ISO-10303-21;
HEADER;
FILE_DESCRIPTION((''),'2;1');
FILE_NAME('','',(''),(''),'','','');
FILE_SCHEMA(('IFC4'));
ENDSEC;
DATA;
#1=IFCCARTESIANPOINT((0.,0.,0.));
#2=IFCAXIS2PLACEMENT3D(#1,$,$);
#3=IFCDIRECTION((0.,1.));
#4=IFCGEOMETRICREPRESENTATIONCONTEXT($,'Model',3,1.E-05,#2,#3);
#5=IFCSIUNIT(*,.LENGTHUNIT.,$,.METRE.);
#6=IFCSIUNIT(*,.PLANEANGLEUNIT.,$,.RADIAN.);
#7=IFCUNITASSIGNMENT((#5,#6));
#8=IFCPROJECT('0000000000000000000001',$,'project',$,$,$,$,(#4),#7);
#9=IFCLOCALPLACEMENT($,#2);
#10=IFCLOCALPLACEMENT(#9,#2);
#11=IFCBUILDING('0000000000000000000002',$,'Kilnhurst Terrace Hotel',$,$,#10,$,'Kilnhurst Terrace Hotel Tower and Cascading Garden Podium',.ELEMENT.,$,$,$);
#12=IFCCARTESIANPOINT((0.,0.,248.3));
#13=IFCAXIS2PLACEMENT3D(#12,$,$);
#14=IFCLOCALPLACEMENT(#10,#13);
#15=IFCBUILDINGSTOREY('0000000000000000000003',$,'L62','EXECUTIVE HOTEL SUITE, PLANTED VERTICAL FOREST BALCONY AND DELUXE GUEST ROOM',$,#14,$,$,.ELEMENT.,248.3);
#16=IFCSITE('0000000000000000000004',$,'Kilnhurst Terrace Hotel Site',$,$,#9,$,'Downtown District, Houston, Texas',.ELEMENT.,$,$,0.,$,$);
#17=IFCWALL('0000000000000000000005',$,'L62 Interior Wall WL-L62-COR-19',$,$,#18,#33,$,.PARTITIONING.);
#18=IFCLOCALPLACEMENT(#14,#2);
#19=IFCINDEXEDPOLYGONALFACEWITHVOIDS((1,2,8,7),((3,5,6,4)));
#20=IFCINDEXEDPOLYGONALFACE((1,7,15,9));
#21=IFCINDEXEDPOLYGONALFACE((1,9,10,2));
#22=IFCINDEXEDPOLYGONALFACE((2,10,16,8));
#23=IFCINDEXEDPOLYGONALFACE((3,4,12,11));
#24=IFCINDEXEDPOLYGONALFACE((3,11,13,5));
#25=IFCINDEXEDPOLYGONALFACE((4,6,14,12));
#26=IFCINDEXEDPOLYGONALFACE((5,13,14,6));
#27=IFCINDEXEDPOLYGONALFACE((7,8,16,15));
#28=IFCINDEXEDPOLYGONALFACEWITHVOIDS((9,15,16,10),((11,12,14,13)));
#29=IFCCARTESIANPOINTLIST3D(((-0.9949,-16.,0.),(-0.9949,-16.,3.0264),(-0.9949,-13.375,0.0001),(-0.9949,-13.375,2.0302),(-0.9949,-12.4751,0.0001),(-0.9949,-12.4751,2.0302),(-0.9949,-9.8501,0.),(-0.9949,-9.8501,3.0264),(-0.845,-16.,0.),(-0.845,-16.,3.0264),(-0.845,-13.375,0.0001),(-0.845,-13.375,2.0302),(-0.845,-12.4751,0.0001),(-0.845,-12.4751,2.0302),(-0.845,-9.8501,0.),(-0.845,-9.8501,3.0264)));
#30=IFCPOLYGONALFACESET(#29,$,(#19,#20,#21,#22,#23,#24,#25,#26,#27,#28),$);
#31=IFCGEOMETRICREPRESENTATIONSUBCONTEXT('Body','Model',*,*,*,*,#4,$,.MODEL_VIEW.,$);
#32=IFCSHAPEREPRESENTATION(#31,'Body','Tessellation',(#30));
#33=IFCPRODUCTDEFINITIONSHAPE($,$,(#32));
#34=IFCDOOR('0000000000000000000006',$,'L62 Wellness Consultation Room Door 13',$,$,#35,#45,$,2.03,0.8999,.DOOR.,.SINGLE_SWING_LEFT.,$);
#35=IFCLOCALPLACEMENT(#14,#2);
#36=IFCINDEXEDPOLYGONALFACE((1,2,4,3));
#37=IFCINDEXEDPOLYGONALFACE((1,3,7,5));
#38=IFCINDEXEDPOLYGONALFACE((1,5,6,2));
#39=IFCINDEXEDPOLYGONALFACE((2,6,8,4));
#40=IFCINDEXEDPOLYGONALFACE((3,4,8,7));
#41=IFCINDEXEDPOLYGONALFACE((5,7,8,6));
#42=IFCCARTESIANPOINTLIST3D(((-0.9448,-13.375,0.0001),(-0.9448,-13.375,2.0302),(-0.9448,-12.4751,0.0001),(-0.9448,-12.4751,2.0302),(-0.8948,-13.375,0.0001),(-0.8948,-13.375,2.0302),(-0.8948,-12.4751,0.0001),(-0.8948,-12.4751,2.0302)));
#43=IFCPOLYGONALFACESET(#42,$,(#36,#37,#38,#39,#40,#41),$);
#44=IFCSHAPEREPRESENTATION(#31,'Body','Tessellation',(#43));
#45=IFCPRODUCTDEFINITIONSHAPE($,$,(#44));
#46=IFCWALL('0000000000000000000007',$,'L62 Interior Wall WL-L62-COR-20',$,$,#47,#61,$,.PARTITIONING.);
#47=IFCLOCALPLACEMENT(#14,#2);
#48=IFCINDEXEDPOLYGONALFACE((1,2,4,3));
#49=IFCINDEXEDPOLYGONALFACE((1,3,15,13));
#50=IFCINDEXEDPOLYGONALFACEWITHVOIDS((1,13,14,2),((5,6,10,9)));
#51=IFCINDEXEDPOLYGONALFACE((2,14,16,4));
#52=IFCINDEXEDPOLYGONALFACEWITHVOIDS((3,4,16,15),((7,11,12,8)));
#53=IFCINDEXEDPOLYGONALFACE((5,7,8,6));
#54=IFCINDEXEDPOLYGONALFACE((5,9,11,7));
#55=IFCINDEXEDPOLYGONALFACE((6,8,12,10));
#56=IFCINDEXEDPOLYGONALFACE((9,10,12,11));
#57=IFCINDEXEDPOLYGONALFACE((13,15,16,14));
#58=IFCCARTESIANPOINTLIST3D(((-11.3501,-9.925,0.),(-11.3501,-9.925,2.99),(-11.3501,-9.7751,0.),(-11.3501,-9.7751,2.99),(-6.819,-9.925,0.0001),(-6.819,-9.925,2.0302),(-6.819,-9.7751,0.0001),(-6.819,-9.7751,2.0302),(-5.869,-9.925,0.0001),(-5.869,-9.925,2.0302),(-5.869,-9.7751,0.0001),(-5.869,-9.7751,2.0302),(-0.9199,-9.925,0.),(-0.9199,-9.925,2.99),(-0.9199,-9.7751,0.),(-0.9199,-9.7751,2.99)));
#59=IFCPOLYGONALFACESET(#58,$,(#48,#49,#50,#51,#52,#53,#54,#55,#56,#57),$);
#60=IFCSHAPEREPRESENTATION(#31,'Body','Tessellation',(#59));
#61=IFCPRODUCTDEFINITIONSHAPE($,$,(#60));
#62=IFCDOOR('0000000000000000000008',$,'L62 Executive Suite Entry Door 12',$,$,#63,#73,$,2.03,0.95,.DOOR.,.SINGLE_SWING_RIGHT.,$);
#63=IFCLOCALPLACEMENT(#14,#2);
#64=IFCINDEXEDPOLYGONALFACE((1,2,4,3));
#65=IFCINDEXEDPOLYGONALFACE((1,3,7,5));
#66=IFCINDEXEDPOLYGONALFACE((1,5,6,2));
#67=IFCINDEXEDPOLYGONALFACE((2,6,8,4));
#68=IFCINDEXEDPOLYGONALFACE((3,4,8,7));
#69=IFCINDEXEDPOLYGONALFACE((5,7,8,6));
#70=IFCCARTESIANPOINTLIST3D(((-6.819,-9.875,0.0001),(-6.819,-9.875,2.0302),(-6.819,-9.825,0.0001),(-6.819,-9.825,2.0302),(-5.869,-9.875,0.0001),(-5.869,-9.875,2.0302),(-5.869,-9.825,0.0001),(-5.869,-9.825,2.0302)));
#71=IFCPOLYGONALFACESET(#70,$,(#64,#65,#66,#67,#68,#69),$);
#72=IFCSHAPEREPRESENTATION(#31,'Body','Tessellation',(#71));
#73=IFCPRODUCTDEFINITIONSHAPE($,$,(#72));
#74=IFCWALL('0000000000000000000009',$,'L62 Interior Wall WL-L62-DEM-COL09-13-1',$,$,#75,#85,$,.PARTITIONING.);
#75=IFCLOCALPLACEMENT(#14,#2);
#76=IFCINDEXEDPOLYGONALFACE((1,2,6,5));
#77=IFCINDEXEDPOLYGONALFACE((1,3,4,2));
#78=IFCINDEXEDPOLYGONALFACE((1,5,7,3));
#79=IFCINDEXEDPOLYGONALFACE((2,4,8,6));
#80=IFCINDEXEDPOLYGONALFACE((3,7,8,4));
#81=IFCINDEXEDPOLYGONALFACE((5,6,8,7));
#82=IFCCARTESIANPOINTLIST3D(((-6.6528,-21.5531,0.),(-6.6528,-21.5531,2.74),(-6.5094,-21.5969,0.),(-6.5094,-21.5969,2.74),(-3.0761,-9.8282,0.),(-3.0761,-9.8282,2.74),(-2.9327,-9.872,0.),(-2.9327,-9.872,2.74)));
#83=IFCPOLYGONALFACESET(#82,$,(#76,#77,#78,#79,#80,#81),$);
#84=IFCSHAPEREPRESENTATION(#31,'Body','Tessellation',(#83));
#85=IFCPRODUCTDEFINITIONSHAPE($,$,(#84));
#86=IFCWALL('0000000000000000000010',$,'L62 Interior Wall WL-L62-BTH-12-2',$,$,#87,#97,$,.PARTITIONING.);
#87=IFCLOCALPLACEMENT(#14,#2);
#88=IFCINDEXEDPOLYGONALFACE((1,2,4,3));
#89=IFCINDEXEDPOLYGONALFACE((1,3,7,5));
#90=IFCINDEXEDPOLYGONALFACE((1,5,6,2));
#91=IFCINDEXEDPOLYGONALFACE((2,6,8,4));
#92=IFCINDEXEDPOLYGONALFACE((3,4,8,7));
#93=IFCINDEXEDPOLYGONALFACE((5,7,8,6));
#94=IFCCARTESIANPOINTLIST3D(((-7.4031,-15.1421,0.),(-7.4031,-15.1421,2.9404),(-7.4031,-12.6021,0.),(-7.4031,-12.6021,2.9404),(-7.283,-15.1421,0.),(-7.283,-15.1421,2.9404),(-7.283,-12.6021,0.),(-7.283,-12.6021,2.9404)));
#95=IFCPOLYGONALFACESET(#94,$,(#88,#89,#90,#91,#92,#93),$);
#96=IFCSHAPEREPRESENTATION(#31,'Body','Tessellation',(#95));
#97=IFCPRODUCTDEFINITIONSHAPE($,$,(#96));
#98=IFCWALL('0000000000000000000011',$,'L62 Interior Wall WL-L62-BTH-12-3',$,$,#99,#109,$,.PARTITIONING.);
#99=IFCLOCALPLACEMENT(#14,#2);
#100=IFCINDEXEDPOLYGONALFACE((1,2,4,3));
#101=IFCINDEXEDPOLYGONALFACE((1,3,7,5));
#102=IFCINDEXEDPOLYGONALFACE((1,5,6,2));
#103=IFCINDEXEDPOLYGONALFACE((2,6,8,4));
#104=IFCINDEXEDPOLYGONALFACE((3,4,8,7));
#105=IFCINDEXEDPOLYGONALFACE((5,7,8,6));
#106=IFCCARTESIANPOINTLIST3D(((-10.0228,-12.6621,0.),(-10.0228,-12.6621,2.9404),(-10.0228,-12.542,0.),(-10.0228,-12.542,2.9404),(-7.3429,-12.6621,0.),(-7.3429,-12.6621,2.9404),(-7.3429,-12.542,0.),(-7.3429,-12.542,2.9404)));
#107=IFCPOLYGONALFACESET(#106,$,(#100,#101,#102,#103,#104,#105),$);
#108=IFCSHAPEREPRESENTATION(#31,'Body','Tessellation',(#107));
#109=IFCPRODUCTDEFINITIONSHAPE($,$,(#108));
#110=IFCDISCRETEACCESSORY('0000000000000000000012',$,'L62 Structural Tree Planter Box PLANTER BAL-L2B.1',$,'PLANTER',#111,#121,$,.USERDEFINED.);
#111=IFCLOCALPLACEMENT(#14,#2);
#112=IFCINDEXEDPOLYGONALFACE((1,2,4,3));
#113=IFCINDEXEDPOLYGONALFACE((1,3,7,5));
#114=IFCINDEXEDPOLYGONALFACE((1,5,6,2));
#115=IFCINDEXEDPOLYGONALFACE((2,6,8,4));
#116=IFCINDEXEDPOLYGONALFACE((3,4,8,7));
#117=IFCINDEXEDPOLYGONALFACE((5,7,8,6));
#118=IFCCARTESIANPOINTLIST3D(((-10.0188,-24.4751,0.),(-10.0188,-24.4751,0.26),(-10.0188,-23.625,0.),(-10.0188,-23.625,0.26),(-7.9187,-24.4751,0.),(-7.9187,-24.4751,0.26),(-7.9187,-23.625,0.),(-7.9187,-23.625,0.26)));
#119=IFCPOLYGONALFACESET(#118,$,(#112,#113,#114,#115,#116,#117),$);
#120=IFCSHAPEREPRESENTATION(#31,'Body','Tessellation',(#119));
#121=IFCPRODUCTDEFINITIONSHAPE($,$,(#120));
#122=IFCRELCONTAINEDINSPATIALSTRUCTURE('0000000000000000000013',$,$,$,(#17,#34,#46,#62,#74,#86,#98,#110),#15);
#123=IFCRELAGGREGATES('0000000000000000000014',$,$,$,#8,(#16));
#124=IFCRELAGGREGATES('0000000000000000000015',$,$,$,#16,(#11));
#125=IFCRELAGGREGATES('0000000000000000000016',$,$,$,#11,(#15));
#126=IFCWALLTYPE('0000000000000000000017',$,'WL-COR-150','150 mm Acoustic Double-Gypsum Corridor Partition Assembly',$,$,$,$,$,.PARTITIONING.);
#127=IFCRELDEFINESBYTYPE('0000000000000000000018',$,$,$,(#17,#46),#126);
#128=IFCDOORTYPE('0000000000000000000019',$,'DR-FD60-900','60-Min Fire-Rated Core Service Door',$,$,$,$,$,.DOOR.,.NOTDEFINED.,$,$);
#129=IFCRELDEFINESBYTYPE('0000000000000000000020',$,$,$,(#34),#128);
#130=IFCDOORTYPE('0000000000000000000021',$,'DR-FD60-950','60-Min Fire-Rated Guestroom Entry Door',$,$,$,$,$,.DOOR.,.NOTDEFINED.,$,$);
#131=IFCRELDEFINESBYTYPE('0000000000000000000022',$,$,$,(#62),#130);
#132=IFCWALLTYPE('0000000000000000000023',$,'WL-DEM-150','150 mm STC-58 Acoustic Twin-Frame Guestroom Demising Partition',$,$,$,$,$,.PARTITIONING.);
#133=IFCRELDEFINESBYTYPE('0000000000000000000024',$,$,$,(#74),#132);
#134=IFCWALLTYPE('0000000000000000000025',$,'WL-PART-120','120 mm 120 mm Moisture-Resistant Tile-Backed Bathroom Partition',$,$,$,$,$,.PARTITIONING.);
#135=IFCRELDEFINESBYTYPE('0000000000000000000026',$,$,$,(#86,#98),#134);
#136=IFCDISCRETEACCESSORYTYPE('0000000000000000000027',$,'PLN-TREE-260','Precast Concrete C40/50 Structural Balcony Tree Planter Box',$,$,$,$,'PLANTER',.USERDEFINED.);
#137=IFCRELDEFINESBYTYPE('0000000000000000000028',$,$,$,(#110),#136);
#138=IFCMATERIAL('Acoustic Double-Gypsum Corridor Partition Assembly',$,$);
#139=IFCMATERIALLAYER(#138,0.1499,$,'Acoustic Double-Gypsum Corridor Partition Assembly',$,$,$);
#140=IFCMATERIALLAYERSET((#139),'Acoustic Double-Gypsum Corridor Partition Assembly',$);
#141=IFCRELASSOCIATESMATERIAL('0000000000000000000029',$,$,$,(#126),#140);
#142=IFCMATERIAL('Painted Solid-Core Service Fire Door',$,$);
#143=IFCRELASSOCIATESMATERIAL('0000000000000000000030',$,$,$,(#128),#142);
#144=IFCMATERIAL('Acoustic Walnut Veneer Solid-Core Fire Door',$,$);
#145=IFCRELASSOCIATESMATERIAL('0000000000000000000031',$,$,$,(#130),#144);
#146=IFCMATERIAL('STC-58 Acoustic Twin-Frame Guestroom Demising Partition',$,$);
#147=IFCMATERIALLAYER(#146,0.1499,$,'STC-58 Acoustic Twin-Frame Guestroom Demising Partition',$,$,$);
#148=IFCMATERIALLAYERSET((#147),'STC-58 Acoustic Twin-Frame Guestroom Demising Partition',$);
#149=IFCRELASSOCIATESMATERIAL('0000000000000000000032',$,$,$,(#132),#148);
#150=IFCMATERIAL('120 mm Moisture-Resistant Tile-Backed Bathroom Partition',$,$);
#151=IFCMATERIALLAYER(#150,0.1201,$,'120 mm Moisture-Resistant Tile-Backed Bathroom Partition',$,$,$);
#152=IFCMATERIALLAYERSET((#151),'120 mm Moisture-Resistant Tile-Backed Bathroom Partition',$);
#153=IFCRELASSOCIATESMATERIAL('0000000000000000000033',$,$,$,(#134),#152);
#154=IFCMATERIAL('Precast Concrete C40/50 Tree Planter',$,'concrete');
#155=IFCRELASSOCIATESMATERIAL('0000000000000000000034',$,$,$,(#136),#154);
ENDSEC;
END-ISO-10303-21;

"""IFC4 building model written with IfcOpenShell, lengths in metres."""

from ifc_helpers import new_model, si_unit, direction, frame, frame_2d, origin, origin_2d, place, context, subcontext, project, spatial, rectangle, extrude, material, layer, layer_set, type_object, element, fill, save


model = new_model("IFC4")

# Units and contexts
model_context = context("Model", 3, precision=1e-05, world=origin(), true_north=direction((0.0, 1.0)))
body_context = subcontext(model_context, "Body", "Model", "MODEL_VIEW")
ifc_project = project(units=[si_unit("LENGTHUNIT", "METRE"), si_unit("PLANEANGLEUNIT", "RADIAN")], contexts=[model_context])

# Site, building, storey
site_placement = place(None, origin())
site = spatial("IfcSite", under=ifc_project, at=site_placement, Name="Kilnhurst Terrace Hotel Site", LongName="Downtown District, Houston, Texas", CompositionType="ELEMENT", RefElevation=0.0)
building_placement = place(site_placement, origin())
building = spatial("IfcBuilding", under=site, at=building_placement, Name="Kilnhurst Terrace Hotel", LongName="Kilnhurst Terrace Hotel Tower and Cascading Garden Podium", CompositionType="ELEMENT")
storey_placement = place(building_placement, frame((0.0, 0.0, 248.3)))
storey = spatial("IfcBuildingStorey", under=building, at=storey_placement, Name="L62", Description="EXECUTIVE HOTEL SUITE, PLANTED VERTICAL FOREST BALCONY AND DELUXE GUEST ROOM", CompositionType="ELEMENT", Elevation=248.3)

# Walls, openings, doors
ifc_material_1 = material(Name="Acoustic Double-Gypsum Corridor Partition Assembly")
ifc_layer_1 = layer(ifc_material_1, 0.1499, Name="Acoustic Double-Gypsum Corridor Partition Assembly")
ifc_layer_set_1 = layer_set([ifc_layer_1], Name="Acoustic Double-Gypsum Corridor Partition Assembly")
wall_type_1 = type_object("IfcWallType", Name="WL-COR-150", Description="150 mm Acoustic Double-Gypsum Corridor Partition Assembly", PredefinedType="PARTITIONING", material=ifc_layer_set_1)
wall_1_placement = place(storey_placement, frame((-0.9199, -16.0, 0.0), z_axis=(0.0, 0.0, 1.0), x_axis=(0.0, 1.0, 0.0)))
wall_1 = element("IfcWall", 1, at=wall_1_placement, inside=storey, type_object=wall_type_1, Name="L62 Interior Wall WL-L62-COR-19", PredefinedType="PARTITIONING", context=body_context, shape_type="SweptSolid", body=[
    extrude(rectangle(XDim=6.1499, YDim=0.1499, at=frame_2d((3.075, 0.0))), origin(), (0.0, 0.0, 1.0), 3.0264),
])
opening_1_placement = place(wall_1_placement, frame((2.625, 0.0, 0.0)))
opening_1 = element("IfcOpeningElement", 2, at=opening_1_placement, cuts=wall_1, PredefinedType="OPENING", context=body_context, shape_type="SweptSolid", body=[
    extrude(rectangle(XDim=0.8999, YDim=2.03, at=frame_2d((0.45, 1.0151))), frame((0.0, 0.085, 0.0), z_axis=(0.0, -1.0, 0.0), x_axis=(1.0, 0.0, 0.0)), (0.0, 0.0, 1.0), 0.1699),
])
ifc_material_2 = material(Name="Painted Solid-Core Service Fire Door")
door_type_1 = type_object("IfcDoorType", Name="DR-FD60-900", Description="60-Min Fire-Rated Core Service Door", OperationType="NOTDEFINED", PredefinedType="DOOR", material=ifc_material_2)
door_1_placement = place(opening_1_placement, origin())
door_1 = element("IfcDoor", 3, at=door_1_placement, inside=storey, type_object=door_type_1, Name="L62 Wellness Consultation Room Door 13", OperationType="SINGLE_SWING_LEFT", OverallHeight=2.03, OverallWidth=0.8999, PredefinedType="DOOR", context=body_context, shape_type="SweptSolid", body=[
    extrude(rectangle(XDim=0.8999, YDim=2.03, at=frame_2d((0.45, 1.0151))), frame((0.0, 0.0249, 0.0), z_axis=(0.0, -1.0, 0.0), x_axis=(1.0, 0.0, 0.0)), (0.0, 0.0, 1.0), 0.05),
])
fill(opening_1, door_1)
wall_2_placement = place(storey_placement, frame((-0.9199, -9.8501, 0.0), z_axis=(0.0, 0.0, 1.0), x_axis=(-1.0, 0.0, 0.0)))
wall_2 = element("IfcWall", 4, at=wall_2_placement, inside=storey, type_object=wall_type_1, Name="L62 Interior Wall WL-L62-COR-20", PredefinedType="PARTITIONING", context=body_context, shape_type="SweptSolid", body=[
    extrude(rectangle(XDim=10.4302, YDim=0.1499, at=frame_2d((5.2151, 0.0))), origin(), (0.0, 0.0, 1.0), 2.99),
])
opening_2_placement = place(wall_2_placement, frame((4.949, 0.0, 0.0)))
opening_2 = element("IfcOpeningElement", 5, at=opening_2_placement, cuts=wall_2, PredefinedType="OPENING", context=body_context, shape_type="SweptSolid", body=[
    extrude(rectangle(XDim=0.95, YDim=2.03, at=frame_2d((0.4751, 1.0151))), frame((0.0, 0.085, 0.0), z_axis=(0.0, -1.0, 0.0), x_axis=(1.0, 0.0, 0.0)), (0.0, 0.0, 1.0), 0.1699),
])
ifc_material_3 = material(Name="Acoustic Walnut Veneer Solid-Core Fire Door")
door_type_2 = type_object("IfcDoorType", Name="DR-FD60-950", Description="60-Min Fire-Rated Guestroom Entry Door", OperationType="NOTDEFINED", PredefinedType="DOOR", material=ifc_material_3)
door_2_placement = place(opening_2_placement, origin())
door_2 = element("IfcDoor", 6, at=door_2_placement, inside=storey, type_object=door_type_2, Name="L62 Executive Suite Entry Door 12", OperationType="SINGLE_SWING_RIGHT", OverallHeight=2.03, OverallWidth=0.95, PredefinedType="DOOR", context=body_context, shape_type="SweptSolid", body=[
    extrude(rectangle(XDim=0.95, YDim=2.03, at=frame_2d((0.4751, 1.0151))), frame((0.0, 0.0249, 0.0), z_axis=(0.0, -1.0, 0.0), x_axis=(1.0, 0.0, 0.0)), (0.0, 0.0, 1.0), 0.05),
])
fill(opening_2, door_2)

# Walls
ifc_material_4 = material(Name="STC-58 Acoustic Twin-Frame Guestroom Demising Partition")
ifc_layer_2 = layer(ifc_material_4, 0.1499, Name="STC-58 Acoustic Twin-Frame Guestroom Demising Partition")
ifc_layer_set_2 = layer_set([ifc_layer_2], Name="STC-58 Acoustic Twin-Frame Guestroom Demising Partition")
wall_type_2 = type_object("IfcWallType", Name="WL-DEM-150", Description="150 mm STC-58 Acoustic Twin-Frame Guestroom Demising Partition", PredefinedType="PARTITIONING", material=ifc_layer_set_2)
wall_3_placement = place(storey_placement, frame((-3.0044, -9.8501, 0.0), z_axis=(0.0, 0.0, 1.0), x_axis=(-0.291776, -0.956487, 0.0)))
element("IfcWall", 7, at=wall_3_placement, inside=storey, type_object=wall_type_2, Name="L62 Interior Wall WL-L62-DEM-COL09-13-1", PredefinedType="PARTITIONING", context=body_context, shape_type="SweptSolid", body=[
    extrude(rectangle(XDim=12.2583, YDim=0.1499, at=frame_2d((6.1292, 0.0))), origin(), (0.0, 0.0, 1.0), 2.74),
])
ifc_material_5 = material(Name="120 mm Moisture-Resistant Tile-Backed Bathroom Partition")
ifc_layer_3 = layer(ifc_material_5, 0.1201, Name="120 mm Moisture-Resistant Tile-Backed Bathroom Partition")
ifc_layer_set_3 = layer_set([ifc_layer_3], Name="120 mm Moisture-Resistant Tile-Backed Bathroom Partition")
wall_type_3 = type_object("IfcWallType", Name="WL-PART-120", Description="120 mm 120 mm Moisture-Resistant Tile-Backed Bathroom Partition", PredefinedType="PARTITIONING", material=ifc_layer_set_3)
wall_4_placement = place(storey_placement, frame((-7.343, -15.1421, 0.0), z_axis=(0.0, 0.0, 1.0), x_axis=(0.0, 1.0, 0.0)))
element("IfcWall", 8, at=wall_4_placement, inside=storey, type_object=wall_type_3, Name="L62 Interior Wall WL-L62-BTH-12-2", PredefinedType="PARTITIONING", context=body_context, shape_type="SweptSolid", body=[
    extrude(rectangle(XDim=2.54, YDim=0.1201, at=frame_2d((1.27, 0.0))), origin(), (0.0, 0.0, 1.0), 2.9404),
])
wall_5_placement = place(storey_placement, frame((-7.343, -12.6021, 0.0), z_axis=(0.0, 0.0, 1.0), x_axis=(-1.0, 0.0, 0.0)))
element("IfcWall", 9, at=wall_5_placement, inside=storey, type_object=wall_type_3, Name="L62 Interior Wall WL-L62-BTH-12-3", PredefinedType="PARTITIONING", context=body_context, shape_type="SweptSolid", body=[
    extrude(rectangle(XDim=2.6799, YDim=0.1201, at=frame_2d((1.3398, 0.0))), origin(), (0.0, 0.0, 1.0), 2.9404),
])

# Discrete accessory
ifc_material_6 = material(Name="Precast Concrete C40/50 Tree Planter", Category="concrete")
discrete_accessory_type = type_object("IfcDiscreteAccessoryType", Name="PLN-TREE-260", Description="Precast Concrete C40/50 Structural Balcony Tree Planter Box", ElementType="PLANTER", PredefinedType="USERDEFINED", material=ifc_material_6)
discrete_accessory_placement = place(storey_placement, frame((-8.9688, -24.05, 0.0), z_axis=(0.0, 0.0, 1.0), x_axis=(1.0, 0.0, 0.0)))
element("IfcDiscreteAccessory", 10, at=discrete_accessory_placement, inside=storey, type_object=discrete_accessory_type, Name="L62 Structural Tree Planter Box PLANTER BAL-L2B.1", ObjectType="PLANTER", PredefinedType="USERDEFINED", context=body_context, shape_type="SweptSolid", body=[
    extrude(rectangle(XDim=2.1001, YDim=0.8501, at=origin_2d()), origin(), (0.0, 0.0, 1.0), 0.26),
])

save(model, "model.ifc")
